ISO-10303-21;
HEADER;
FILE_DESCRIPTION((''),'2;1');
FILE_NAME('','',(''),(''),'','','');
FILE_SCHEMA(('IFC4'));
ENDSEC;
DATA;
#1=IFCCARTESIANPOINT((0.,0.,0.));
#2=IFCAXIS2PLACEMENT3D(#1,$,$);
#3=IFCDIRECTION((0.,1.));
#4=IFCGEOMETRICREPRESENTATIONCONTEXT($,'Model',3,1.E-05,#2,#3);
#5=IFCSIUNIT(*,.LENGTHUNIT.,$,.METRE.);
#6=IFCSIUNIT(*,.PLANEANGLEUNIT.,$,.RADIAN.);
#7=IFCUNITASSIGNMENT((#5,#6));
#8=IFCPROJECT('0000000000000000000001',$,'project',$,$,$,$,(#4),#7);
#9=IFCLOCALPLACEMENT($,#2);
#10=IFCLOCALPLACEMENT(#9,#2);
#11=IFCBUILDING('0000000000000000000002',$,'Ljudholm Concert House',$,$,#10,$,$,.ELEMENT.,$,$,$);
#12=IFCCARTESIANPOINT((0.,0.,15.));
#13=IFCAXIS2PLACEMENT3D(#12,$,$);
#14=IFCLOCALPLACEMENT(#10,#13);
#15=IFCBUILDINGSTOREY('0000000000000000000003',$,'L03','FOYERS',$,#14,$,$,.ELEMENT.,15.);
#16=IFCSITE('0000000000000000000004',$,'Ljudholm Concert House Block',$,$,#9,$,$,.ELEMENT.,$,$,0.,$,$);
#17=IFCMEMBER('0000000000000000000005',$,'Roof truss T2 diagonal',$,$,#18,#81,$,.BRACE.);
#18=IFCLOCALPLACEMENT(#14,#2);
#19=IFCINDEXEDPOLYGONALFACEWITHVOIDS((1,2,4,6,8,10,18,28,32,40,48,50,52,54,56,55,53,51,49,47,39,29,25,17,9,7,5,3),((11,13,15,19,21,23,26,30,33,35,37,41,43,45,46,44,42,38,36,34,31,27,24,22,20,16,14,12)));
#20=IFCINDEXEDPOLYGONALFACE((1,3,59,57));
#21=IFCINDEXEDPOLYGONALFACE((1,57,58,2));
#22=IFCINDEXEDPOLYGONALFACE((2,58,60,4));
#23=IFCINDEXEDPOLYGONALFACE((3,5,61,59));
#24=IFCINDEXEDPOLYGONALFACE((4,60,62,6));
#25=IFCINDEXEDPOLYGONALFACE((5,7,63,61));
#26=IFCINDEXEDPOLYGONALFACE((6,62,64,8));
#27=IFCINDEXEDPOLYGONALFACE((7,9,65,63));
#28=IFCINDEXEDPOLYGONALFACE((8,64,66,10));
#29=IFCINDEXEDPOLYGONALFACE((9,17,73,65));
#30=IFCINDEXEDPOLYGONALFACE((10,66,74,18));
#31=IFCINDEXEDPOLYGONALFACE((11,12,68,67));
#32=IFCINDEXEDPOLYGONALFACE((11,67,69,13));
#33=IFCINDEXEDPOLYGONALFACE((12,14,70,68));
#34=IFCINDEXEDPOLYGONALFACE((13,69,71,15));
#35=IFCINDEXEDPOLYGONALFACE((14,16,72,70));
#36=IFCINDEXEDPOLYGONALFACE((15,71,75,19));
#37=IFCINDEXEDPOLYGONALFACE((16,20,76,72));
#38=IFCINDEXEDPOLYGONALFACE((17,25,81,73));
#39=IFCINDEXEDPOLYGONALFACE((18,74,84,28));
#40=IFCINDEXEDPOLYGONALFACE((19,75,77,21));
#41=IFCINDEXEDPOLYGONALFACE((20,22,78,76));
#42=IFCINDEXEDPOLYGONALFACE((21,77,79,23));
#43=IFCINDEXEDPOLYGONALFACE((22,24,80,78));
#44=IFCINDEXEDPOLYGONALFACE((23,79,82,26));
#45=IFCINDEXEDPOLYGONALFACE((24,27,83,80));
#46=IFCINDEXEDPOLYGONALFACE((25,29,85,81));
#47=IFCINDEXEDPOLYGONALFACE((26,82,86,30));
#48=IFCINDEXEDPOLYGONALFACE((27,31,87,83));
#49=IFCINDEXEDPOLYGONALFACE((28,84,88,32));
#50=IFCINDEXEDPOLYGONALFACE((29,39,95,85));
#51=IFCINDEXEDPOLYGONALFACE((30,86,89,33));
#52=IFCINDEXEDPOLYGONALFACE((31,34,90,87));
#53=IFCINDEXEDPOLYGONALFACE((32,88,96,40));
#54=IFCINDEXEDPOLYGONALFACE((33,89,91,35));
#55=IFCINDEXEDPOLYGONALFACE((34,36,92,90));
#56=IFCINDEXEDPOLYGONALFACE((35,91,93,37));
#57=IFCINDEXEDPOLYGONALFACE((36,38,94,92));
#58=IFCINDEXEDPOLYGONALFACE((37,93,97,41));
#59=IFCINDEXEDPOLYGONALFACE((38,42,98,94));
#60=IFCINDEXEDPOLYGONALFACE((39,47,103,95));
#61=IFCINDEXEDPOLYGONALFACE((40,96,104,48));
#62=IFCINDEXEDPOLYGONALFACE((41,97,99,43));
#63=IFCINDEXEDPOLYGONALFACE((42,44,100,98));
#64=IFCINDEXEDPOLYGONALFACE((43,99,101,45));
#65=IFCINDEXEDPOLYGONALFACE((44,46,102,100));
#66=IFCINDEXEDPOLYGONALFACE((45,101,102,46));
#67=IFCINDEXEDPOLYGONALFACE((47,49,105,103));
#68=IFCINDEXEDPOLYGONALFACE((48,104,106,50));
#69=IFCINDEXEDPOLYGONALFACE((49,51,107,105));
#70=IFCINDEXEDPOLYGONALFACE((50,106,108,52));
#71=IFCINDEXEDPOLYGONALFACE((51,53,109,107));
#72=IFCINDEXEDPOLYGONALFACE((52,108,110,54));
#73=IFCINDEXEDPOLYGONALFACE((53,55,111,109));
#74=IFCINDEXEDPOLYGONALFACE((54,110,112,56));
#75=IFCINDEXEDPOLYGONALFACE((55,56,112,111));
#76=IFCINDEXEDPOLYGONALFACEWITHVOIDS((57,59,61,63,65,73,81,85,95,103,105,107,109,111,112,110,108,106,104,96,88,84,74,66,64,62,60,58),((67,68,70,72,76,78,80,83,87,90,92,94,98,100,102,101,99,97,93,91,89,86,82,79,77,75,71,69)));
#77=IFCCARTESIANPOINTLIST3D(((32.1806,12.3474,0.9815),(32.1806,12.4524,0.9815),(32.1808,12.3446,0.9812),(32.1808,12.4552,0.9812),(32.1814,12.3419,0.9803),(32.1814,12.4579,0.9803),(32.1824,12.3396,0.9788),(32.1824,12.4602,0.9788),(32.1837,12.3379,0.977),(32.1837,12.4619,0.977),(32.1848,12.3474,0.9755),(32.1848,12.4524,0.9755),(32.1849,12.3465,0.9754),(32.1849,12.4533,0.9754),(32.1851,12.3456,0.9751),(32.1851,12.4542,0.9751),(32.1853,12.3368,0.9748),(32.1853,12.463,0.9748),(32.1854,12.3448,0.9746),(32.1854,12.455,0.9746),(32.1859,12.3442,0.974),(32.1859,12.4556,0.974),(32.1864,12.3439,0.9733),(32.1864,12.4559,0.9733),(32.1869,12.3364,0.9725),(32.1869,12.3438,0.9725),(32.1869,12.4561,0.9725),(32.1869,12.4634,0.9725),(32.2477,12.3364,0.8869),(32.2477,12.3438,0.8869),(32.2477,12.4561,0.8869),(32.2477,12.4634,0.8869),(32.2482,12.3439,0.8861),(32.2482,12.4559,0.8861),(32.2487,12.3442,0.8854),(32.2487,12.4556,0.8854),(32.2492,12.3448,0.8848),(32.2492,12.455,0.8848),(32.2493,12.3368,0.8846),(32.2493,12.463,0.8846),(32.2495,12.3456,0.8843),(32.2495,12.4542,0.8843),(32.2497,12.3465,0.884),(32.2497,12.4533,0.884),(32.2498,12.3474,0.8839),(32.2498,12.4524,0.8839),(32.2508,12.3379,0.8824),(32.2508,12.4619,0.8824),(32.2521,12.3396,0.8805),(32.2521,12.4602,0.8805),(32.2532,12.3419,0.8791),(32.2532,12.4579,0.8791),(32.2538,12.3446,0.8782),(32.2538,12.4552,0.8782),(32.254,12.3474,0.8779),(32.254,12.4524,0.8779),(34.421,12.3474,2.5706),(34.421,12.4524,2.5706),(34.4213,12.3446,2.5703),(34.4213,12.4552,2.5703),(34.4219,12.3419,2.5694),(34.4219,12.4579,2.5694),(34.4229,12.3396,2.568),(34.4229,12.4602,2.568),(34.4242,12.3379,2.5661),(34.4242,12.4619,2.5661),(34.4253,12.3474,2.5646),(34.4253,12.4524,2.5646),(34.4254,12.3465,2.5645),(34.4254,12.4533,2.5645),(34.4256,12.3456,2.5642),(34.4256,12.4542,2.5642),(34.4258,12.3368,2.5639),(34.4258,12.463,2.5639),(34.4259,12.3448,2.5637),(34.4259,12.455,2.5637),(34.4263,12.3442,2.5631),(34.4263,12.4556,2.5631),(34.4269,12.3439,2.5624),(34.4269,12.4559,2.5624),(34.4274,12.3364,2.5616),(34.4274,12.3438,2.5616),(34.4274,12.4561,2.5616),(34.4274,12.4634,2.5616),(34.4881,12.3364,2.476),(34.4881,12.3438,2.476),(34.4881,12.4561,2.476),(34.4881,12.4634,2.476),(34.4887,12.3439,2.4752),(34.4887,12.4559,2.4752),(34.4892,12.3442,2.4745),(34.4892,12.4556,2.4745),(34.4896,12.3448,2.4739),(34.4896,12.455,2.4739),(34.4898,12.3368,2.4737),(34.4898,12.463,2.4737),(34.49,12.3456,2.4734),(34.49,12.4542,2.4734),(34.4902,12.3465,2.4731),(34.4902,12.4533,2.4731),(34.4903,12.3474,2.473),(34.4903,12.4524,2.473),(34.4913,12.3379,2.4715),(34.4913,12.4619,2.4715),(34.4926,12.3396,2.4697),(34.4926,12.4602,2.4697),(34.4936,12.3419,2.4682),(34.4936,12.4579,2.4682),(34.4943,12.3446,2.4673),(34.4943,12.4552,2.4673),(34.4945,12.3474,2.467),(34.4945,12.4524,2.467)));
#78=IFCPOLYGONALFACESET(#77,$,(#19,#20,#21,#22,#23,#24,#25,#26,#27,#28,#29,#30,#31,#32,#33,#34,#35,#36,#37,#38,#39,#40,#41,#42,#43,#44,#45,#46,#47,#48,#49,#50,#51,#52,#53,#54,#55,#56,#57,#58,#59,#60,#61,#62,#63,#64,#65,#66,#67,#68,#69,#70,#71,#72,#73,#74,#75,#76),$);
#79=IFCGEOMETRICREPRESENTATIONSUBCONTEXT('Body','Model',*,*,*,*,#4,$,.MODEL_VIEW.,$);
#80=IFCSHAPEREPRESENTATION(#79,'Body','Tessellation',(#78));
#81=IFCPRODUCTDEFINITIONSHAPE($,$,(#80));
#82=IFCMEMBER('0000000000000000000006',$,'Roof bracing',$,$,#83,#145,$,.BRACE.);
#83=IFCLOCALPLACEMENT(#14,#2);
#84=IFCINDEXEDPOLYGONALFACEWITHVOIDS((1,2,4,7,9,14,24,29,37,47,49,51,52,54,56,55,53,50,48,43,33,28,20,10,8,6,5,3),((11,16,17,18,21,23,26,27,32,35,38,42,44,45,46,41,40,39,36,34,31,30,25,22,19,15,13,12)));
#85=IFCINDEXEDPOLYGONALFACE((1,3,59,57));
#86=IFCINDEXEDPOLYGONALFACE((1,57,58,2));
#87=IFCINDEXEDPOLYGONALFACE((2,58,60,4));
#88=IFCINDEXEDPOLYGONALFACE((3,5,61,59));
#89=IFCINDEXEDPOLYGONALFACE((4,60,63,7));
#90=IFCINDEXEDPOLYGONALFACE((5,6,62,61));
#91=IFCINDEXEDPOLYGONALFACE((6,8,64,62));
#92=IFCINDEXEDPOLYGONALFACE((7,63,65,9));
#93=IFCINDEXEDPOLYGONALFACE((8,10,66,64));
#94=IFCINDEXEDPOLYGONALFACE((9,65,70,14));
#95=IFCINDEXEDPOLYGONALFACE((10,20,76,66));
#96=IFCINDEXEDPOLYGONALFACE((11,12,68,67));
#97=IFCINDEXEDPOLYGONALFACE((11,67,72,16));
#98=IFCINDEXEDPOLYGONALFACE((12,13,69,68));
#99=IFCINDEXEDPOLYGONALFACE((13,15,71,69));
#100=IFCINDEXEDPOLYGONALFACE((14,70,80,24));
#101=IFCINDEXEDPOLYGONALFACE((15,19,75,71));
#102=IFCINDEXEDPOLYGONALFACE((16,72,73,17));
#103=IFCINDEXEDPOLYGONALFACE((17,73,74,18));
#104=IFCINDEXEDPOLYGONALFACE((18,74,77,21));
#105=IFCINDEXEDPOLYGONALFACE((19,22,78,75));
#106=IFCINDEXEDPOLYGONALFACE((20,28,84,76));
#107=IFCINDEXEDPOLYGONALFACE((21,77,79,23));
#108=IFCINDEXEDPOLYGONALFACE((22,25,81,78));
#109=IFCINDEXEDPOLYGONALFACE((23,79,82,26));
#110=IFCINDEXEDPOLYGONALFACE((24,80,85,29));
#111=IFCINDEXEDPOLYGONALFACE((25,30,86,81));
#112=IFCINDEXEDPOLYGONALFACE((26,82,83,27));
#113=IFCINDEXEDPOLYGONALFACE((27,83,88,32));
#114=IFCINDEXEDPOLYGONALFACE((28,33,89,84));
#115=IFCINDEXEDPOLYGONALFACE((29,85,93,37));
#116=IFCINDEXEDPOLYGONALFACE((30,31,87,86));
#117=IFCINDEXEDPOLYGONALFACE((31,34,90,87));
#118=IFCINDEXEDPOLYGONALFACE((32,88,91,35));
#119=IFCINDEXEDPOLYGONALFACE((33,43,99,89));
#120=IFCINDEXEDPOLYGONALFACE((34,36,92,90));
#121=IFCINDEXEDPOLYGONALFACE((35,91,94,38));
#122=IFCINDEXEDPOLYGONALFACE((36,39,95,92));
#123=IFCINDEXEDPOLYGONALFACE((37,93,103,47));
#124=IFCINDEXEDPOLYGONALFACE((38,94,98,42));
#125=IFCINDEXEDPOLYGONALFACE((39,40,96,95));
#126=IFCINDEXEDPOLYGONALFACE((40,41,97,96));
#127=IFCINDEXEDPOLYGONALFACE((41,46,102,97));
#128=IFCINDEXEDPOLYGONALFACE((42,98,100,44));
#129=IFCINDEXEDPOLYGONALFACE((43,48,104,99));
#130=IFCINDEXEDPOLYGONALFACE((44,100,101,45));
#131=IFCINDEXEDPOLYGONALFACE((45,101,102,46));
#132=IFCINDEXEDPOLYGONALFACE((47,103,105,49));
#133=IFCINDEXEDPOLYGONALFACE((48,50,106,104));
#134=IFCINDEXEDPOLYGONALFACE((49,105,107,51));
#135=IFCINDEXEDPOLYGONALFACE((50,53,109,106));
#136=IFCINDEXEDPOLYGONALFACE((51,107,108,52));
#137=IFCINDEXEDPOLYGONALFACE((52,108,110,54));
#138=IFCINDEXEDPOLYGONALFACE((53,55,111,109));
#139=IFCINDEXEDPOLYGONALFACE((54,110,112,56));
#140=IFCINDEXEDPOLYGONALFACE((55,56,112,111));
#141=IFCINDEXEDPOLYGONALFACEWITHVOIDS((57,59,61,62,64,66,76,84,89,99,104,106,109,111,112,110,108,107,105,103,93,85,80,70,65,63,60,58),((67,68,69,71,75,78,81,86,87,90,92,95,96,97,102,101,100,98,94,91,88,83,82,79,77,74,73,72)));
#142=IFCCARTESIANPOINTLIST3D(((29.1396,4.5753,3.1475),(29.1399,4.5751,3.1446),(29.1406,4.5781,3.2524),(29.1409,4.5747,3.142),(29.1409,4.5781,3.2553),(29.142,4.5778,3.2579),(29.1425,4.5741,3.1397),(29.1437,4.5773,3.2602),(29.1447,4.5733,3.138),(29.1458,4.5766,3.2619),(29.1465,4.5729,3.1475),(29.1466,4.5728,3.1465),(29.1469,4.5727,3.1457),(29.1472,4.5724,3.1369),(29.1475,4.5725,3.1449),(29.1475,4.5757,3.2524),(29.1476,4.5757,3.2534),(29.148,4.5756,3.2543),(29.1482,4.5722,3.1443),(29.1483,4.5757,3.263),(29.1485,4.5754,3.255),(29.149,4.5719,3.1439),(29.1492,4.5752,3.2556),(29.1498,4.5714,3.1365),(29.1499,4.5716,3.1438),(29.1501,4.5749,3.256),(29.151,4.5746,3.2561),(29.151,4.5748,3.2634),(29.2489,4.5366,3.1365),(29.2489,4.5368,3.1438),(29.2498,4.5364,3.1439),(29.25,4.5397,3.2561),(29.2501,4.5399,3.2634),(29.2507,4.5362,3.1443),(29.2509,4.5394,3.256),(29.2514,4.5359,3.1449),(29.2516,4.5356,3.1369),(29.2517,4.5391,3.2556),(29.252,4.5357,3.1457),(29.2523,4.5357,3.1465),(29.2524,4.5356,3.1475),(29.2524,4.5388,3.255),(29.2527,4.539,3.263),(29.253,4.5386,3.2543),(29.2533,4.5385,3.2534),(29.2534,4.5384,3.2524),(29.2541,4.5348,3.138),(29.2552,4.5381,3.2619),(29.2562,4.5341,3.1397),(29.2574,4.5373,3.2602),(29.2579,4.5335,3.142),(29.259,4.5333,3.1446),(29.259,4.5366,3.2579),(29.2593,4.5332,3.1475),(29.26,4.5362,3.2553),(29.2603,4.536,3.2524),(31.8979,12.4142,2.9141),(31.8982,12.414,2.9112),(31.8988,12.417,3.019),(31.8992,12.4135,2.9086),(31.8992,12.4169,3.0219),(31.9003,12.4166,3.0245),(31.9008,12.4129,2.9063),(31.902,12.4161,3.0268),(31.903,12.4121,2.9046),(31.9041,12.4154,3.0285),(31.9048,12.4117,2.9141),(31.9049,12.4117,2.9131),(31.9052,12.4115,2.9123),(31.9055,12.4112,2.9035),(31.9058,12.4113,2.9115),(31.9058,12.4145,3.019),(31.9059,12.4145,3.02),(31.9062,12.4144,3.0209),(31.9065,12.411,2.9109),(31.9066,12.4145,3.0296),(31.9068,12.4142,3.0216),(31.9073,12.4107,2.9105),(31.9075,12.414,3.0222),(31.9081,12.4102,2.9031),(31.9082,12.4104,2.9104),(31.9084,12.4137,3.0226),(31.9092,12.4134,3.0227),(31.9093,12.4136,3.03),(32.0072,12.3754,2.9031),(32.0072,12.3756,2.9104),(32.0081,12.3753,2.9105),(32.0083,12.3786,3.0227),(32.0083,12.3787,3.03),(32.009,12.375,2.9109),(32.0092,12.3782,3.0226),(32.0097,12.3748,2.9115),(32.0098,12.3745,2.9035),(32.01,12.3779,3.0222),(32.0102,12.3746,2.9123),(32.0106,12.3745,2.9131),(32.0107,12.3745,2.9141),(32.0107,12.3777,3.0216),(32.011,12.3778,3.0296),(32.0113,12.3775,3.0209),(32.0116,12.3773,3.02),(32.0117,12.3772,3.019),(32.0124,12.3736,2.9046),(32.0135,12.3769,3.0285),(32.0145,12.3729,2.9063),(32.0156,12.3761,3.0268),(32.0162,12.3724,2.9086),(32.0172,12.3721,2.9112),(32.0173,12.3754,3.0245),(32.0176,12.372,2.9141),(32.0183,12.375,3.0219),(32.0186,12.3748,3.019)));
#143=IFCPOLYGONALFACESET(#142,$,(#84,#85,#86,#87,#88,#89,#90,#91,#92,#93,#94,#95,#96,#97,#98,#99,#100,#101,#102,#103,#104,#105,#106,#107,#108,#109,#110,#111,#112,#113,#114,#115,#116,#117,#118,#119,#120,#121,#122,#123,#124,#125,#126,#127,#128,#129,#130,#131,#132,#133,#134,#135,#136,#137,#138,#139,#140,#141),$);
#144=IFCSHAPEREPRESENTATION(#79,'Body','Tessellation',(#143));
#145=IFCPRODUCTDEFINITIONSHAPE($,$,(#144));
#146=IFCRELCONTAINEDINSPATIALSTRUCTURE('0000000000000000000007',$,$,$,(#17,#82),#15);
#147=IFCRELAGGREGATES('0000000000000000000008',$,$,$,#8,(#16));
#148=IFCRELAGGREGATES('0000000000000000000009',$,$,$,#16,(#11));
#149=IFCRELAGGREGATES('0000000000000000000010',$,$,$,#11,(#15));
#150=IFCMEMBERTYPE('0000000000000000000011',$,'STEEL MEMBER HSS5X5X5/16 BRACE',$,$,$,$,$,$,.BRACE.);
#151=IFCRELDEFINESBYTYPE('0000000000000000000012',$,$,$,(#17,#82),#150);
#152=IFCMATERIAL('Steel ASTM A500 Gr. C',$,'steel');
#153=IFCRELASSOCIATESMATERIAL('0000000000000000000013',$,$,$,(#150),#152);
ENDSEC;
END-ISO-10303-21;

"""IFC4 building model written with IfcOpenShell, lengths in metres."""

from ifc_helpers import new_model, si_unit, direction, frame, origin, origin_2d, place, context, subcontext, project, spatial, hollow_rectangle, extrude, material, material_profile, profile_set, type_object, element, save


model = new_model("IFC4")

# Units and contexts
model_context = context("Model", 3, precision=1e-05, world=origin(), true_north=direction((0.0, 1.0)))
body_context = subcontext(model_context, "Body", "Model", "MODEL_VIEW")
ifc_project = project(units=[si_unit("LENGTHUNIT", "METRE"), si_unit("PLANEANGLEUNIT", "RADIAN")], contexts=[model_context])

# Site, building, storey
site_placement = place(None, origin())
site = spatial("IfcSite", under=ifc_project, at=site_placement, Name="Ljudholm Concert House Block", CompositionType="ELEMENT", RefElevation=0.0)
building_placement = place(site_placement, origin())
building = spatial("IfcBuilding", under=site, at=building_placement, Name="Ljudholm Concert House", CompositionType="ELEMENT")
storey_placement = place(building_placement, frame((0.0, 0.0, 15.0)))
storey = spatial("IfcBuildingStorey", under=building, at=storey_placement, Name="L03", Description="FOYERS", CompositionType="ELEMENT", Elevation=15.0)

# Members
ifc_material_1 = material(Name="Steel ASTM A500 Gr. C", Category="steel")
ifc_material_profile_1 = material_profile(ifc_material_1, hollow_rectangle(XDim=0.127, YDim=0.127, WallThickness=0.0073, InnerFilletRadius=0.0037, OuterFilletRadius=0.011, at=origin_2d()), Name="HSS5X5X5/16")
ifc_profile_set_1 = profile_set([ifc_material_profile_1], Name="Steel ASTM A500 Gr. C")
member_type_1 = type_object("IfcMemberType", Name="STEEL MEMBER HSS5X5X5/16 BRACE", PredefinedType="BRACE", material=ifc_profile_set_1)
member_1_placement = place(storey_placement, frame((32.2173, 12.3999, 0.9297), z_axis=(0.815663, 0.0, 0.578528), x_axis=(0.0, 1.0, 0.0)))
element("IfcMember", 1, at=member_1_placement, inside=storey, type_object=member_type_1, Name="Roof truss T2 diagonal", PredefinedType="BRACE", context=body_context, shape_type="SweptSolid", body=[
    extrude(hollow_rectangle(XDim=0.127, YDim=0.127, WallThickness=0.0073, InnerFilletRadius=0.0037, OuterFilletRadius=0.011, at=origin_2d()), origin(), (0.0, 0.0, 1.0), 2.7468),
])
for number, where, z_axis, x_axis, name in (
    (2, (29.2, 4.5557, 3.2), (0.331795, 0.942934, -0.028075), (-0.943306, 0.331926, 0.0), "Roof bracing"),
):
    element("IfcMember", number, at=place(storey_placement, frame(where, z_axis=z_axis, x_axis=x_axis)), inside=storey, type_object=member_type_1, Name=name, PredefinedType="BRACE", context=body_context, shape_type="SweptSolid", body=[
        extrude(hollow_rectangle(XDim=0.127, YDim=0.127, WallThickness=0.0073, InnerFilletRadius=0.0037, OuterFilletRadius=0.011, at=origin_2d()), origin(), (0.0, 0.0, 1.0), 8.3132),
    ])

save(model, "model.ifc")
